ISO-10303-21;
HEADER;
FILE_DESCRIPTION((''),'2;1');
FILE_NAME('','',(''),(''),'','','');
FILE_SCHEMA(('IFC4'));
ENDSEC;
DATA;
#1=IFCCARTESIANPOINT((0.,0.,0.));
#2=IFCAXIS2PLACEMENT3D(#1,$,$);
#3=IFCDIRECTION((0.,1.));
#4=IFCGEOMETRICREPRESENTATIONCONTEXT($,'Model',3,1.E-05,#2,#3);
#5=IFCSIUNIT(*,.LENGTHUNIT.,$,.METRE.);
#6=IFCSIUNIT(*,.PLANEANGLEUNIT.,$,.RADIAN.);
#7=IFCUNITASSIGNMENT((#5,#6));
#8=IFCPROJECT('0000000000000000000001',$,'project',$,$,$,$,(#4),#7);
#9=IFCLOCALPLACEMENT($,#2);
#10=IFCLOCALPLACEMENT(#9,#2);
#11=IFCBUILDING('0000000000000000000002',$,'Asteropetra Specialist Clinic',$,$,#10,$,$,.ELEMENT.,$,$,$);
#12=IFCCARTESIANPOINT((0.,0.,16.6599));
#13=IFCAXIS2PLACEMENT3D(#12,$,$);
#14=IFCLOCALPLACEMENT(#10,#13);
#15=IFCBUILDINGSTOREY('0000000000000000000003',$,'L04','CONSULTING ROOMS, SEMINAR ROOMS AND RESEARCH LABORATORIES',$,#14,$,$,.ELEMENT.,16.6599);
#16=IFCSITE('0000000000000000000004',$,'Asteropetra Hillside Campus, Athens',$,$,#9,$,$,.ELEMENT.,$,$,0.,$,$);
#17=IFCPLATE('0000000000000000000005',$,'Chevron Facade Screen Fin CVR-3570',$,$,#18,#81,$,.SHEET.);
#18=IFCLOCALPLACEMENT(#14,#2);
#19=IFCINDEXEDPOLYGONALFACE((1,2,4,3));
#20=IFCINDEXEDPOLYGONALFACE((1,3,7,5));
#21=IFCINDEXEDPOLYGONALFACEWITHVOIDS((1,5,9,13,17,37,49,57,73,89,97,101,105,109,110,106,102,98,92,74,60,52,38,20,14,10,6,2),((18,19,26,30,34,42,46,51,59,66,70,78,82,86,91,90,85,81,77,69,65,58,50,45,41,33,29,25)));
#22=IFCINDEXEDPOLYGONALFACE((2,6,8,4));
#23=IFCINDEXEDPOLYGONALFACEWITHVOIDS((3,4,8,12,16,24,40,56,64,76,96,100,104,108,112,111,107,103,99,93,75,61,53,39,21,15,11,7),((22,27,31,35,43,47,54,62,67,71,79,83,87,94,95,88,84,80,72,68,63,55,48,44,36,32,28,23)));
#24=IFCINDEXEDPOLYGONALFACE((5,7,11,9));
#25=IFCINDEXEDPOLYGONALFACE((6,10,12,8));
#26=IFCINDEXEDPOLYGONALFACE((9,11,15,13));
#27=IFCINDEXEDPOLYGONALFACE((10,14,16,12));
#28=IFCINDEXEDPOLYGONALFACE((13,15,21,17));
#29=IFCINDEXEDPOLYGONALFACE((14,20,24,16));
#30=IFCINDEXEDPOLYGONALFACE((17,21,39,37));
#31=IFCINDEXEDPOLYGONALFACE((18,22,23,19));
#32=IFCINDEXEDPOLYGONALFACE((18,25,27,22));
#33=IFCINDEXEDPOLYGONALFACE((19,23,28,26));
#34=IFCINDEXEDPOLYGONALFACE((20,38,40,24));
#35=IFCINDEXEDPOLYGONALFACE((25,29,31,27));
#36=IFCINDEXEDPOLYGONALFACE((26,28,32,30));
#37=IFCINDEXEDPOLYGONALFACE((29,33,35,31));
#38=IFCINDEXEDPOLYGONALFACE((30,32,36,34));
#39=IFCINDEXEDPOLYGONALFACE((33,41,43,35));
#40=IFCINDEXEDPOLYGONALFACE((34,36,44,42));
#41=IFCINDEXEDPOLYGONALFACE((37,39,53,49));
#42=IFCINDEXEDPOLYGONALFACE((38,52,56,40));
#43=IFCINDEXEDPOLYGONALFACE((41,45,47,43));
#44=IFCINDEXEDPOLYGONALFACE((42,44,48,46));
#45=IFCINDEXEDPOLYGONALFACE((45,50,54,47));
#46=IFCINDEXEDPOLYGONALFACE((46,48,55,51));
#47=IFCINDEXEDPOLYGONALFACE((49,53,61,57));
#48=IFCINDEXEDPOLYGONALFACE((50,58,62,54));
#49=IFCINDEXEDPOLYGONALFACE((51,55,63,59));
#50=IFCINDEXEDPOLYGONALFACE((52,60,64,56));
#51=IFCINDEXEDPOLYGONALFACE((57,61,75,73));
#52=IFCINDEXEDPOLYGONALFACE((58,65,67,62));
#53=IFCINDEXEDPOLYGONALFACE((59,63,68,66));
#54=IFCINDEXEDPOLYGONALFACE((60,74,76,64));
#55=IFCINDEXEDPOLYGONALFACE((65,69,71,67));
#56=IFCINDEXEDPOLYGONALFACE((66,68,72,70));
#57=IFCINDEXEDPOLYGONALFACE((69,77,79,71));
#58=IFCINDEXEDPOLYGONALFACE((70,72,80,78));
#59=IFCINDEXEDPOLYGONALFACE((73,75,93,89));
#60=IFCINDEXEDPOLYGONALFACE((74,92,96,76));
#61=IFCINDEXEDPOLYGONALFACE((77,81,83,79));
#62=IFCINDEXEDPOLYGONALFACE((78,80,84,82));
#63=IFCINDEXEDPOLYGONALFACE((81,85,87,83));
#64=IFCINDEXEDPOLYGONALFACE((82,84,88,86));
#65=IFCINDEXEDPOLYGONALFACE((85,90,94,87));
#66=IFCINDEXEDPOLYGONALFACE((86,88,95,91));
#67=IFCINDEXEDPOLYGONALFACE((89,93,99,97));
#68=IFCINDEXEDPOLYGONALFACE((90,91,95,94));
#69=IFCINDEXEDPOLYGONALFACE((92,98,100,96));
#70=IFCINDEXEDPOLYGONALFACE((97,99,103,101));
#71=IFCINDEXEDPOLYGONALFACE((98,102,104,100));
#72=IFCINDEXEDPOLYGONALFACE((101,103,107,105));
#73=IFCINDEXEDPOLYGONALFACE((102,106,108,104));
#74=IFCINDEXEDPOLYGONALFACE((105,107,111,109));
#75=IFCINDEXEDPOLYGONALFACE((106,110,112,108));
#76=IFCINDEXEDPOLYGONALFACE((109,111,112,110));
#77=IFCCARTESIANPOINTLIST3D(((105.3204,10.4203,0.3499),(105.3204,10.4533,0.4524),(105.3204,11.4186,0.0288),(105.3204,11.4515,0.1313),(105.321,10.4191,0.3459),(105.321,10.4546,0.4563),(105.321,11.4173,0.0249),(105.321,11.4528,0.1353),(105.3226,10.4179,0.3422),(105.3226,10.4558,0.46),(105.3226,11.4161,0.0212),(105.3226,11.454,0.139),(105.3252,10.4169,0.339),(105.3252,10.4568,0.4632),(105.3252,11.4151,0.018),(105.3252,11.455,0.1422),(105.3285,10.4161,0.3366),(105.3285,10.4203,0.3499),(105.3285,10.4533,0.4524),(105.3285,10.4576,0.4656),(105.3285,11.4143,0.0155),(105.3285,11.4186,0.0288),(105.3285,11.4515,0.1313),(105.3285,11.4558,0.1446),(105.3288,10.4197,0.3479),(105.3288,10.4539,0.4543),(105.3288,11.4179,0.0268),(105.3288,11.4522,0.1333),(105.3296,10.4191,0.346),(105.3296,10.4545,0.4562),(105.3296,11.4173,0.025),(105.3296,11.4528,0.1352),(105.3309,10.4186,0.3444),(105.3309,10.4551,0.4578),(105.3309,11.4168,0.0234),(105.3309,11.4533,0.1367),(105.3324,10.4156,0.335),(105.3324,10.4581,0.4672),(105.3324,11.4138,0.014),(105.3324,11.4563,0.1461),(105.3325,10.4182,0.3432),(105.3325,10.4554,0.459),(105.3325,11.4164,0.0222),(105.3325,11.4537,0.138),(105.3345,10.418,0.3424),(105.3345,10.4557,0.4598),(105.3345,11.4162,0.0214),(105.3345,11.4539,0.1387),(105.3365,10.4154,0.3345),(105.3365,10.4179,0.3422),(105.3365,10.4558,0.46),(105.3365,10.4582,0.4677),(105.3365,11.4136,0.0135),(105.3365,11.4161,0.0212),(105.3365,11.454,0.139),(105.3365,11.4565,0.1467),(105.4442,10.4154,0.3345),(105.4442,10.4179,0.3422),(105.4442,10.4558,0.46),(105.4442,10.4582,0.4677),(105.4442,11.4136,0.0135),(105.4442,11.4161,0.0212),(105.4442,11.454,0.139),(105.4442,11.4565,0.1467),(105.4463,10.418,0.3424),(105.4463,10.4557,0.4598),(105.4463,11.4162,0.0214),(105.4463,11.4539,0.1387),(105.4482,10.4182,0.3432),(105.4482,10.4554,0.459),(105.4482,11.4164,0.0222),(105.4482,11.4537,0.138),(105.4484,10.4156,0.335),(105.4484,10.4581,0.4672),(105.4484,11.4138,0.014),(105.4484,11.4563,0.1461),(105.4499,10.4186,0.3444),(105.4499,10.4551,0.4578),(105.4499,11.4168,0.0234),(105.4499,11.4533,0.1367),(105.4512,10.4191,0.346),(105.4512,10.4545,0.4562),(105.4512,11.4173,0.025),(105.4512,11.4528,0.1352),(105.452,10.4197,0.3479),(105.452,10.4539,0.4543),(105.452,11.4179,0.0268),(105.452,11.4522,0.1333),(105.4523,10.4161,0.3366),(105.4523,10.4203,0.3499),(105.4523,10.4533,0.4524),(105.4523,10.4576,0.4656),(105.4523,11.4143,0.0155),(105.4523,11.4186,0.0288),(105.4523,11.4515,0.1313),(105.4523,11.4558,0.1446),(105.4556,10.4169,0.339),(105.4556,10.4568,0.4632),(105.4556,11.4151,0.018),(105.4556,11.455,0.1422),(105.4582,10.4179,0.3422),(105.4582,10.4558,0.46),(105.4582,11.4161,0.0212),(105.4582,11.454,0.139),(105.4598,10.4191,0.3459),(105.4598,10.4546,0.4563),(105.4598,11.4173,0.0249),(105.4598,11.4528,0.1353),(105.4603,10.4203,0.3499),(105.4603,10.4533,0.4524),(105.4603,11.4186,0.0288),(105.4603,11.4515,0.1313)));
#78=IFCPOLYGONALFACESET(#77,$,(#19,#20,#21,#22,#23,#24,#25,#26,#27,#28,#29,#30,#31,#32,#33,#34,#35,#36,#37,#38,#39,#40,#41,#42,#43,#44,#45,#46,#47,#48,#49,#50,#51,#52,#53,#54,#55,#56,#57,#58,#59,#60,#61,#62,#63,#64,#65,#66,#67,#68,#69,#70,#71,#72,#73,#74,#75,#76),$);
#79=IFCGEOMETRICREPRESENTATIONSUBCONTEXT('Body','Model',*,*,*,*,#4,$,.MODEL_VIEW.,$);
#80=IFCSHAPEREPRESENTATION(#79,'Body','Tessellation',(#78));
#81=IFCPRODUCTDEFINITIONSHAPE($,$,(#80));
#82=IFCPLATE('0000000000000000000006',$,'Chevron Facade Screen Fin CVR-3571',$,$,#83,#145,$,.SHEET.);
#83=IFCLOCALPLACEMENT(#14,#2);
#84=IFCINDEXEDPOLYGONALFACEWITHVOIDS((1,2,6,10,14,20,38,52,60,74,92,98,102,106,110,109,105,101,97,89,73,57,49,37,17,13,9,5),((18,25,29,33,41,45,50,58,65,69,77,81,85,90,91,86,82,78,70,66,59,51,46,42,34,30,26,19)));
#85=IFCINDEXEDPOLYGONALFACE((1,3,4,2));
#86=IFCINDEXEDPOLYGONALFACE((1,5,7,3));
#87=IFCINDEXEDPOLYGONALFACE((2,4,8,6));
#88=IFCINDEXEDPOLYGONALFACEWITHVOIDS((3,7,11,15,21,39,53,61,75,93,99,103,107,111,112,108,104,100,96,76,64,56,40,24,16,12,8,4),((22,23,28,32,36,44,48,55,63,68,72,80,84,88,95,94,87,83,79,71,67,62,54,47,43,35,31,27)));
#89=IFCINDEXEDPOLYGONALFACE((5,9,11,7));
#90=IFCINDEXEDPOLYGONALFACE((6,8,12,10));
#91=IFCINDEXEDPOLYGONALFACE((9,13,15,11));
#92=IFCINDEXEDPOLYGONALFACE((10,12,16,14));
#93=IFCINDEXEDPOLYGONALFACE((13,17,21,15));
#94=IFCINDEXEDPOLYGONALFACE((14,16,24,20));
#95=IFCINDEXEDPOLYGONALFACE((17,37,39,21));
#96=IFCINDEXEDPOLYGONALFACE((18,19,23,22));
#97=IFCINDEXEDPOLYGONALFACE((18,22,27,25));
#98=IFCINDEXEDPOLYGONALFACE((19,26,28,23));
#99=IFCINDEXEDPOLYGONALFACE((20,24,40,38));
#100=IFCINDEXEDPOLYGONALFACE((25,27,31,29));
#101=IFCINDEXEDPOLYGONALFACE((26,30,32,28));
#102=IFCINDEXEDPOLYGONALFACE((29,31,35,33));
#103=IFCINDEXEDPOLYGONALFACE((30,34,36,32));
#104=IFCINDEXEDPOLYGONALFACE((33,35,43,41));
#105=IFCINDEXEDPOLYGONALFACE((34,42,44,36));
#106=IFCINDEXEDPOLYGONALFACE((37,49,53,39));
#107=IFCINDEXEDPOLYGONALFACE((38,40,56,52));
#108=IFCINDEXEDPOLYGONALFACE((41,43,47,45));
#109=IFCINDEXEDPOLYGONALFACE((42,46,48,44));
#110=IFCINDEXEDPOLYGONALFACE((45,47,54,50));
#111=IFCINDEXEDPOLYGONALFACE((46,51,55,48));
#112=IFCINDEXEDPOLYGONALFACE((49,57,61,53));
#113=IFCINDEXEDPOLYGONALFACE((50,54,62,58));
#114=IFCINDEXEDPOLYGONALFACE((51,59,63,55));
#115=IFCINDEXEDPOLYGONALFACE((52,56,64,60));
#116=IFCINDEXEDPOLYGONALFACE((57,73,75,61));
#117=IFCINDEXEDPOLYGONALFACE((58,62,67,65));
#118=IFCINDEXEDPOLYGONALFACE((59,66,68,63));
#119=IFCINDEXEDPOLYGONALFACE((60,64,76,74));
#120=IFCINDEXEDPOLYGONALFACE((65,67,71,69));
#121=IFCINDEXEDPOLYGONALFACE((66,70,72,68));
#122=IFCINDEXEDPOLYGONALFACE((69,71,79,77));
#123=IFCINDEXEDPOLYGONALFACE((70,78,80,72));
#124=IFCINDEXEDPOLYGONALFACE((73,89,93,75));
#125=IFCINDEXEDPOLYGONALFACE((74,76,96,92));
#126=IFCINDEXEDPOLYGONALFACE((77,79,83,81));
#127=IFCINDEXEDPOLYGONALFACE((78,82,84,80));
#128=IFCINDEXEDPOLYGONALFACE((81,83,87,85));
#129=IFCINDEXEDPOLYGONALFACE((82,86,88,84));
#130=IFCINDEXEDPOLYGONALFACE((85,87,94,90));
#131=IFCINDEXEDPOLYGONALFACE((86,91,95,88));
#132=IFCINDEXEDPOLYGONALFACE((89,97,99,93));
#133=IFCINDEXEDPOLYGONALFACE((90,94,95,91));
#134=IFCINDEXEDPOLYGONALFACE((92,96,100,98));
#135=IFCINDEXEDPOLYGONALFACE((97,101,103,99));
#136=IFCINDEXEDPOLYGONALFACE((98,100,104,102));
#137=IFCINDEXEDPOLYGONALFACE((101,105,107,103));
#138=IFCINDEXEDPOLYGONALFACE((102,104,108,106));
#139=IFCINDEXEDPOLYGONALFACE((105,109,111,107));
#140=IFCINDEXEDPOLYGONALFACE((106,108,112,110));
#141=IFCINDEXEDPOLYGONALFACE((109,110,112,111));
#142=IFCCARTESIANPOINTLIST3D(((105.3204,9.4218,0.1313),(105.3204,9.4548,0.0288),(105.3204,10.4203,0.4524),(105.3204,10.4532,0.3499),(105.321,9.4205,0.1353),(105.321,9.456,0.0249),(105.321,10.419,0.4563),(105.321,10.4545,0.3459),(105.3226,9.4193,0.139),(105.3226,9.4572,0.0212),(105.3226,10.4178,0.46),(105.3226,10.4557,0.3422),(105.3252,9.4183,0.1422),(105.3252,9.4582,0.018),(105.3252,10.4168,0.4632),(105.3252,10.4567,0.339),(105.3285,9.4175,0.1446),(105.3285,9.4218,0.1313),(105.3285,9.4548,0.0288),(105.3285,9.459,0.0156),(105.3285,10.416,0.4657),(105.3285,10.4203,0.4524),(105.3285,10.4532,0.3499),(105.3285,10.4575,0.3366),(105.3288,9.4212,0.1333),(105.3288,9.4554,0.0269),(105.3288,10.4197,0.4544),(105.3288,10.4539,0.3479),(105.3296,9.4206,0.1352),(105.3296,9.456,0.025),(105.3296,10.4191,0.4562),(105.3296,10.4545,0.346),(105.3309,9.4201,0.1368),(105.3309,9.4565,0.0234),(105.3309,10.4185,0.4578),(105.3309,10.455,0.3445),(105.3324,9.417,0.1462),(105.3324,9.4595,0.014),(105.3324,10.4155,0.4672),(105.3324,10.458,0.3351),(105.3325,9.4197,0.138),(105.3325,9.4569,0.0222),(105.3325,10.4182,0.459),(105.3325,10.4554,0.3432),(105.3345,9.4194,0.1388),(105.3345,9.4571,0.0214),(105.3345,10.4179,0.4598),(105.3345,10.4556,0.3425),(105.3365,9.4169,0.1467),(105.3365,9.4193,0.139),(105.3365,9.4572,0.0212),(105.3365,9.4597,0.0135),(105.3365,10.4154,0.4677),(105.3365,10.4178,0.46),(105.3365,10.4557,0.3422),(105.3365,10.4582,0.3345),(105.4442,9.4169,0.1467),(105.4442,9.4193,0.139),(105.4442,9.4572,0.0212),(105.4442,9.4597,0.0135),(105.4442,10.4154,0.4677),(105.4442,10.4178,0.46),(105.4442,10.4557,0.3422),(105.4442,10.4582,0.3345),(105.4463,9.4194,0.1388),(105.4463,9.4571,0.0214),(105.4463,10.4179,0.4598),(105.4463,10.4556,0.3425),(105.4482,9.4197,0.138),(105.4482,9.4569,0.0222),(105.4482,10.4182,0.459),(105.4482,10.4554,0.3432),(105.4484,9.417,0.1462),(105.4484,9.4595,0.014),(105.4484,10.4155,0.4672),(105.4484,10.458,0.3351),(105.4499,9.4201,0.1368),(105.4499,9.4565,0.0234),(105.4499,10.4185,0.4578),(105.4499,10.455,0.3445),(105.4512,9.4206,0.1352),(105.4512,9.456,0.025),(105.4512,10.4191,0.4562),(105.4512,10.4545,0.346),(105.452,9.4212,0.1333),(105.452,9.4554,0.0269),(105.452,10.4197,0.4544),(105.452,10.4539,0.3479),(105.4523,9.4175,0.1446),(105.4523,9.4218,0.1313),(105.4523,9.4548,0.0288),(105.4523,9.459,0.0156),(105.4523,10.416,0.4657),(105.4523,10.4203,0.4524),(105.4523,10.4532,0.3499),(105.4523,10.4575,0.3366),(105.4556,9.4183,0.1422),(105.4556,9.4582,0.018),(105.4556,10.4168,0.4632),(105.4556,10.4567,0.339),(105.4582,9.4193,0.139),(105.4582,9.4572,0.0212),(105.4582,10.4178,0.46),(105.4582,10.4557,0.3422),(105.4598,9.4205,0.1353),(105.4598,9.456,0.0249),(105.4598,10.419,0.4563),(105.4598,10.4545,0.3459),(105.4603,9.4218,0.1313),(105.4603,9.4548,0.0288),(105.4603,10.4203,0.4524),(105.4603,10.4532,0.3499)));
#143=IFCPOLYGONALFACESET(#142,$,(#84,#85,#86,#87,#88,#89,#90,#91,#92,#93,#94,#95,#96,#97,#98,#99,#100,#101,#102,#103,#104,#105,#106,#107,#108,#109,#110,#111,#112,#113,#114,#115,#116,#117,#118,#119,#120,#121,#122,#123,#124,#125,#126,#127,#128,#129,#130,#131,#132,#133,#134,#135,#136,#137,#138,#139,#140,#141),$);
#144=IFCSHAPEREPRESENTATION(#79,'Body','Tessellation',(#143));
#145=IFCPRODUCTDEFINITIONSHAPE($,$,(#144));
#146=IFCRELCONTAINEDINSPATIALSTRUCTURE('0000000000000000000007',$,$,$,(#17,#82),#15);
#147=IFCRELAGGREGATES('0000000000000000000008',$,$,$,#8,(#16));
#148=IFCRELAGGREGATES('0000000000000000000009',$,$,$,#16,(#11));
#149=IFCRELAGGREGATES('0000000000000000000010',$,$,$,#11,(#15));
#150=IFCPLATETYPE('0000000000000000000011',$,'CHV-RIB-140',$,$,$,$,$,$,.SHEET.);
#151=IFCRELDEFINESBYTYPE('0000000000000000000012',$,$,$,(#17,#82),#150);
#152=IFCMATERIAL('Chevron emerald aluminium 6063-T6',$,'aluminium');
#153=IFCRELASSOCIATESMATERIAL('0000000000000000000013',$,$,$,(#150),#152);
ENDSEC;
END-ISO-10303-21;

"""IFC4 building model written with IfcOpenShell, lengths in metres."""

from ifc_helpers import new_model, si_unit, direction, frame, origin, origin_2d, place, context, subcontext, project, spatial, hollow_rectangle, extrude, material, material_profile, profile_set, type_object, element, save


model = new_model("IFC4")

# Units and contexts
model_context = context("Model", 3, precision=1e-05, world=origin(), true_north=direction((0.0, 1.0)))
body_context = subcontext(model_context, "Body", "Model", "MODEL_VIEW")
ifc_project = project(units=[si_unit("LENGTHUNIT", "METRE"), si_unit("PLANEANGLEUNIT", "RADIAN")], contexts=[model_context])

# Site, building, storey
site_placement = place(None, origin())
site = spatial("IfcSite", under=ifc_project, at=site_placement, Name="Asteropetra Hillside Campus, Athens", CompositionType="ELEMENT", RefElevation=0.0)
building_placement = place(site_placement, origin())
building = spatial("IfcBuilding", under=site, at=building_placement, Name="Asteropetra Specialist Clinic", CompositionType="ELEMENT")
storey_placement = place(building_placement, frame((0.0, 0.0, 16.6599)))
storey = spatial("IfcBuildingStorey", under=building, at=storey_placement, Name="L04", Description="CONSULTING ROOMS, SEMINAR ROOMS AND RESEARCH LABORATORIES", CompositionType="ELEMENT", Elevation=16.6599)

# Plates
ifc_material_1 = material(Name="Chevron emerald aluminium 6063-T6", Category="aluminium")
ifc_material_profile = material_profile(ifc_material_1, hollow_rectangle(XDim=0.1399, YDim=0.1399, WallThickness=0.0081, InnerFilletRadius=0.0081, OuterFilletRadius=0.0161, at=origin_2d()), Name="SHS 140x140x8.0")
ifc_profile_set = profile_set([ifc_material_profile], Name="Chevron emerald aluminium 6063-T6")
plate_type = type_object("IfcPlateType", Name="CHV-RIB-140", PredefinedType="SHEET", material=ifc_profile_set)
plate_1_placement = place(storey_placement, frame((105.3904, 11.4351, 0.0801), z_axis=(0.0, -0.951983, 0.306152), x_axis=(1.0, 0.0, 0.0)))
element("IfcPlate", 1, at=plate_1_placement, inside=storey, type_object=plate_type, Name="Chevron Facade Screen Fin CVR-3570", PredefinedType="SHEET", context=body_context, shape_type="SweptSolid", body=[
    extrude(hollow_rectangle(XDim=0.1399, YDim=0.1399, WallThickness=0.0081, InnerFilletRadius=0.0081, OuterFilletRadius=0.0161, at=origin_2d()), origin(), (0.0, 0.0, 1.0), 1.0486),
])
for number, where, z_axis, x_axis, name in (
    (2, (105.3904, 10.4368, 0.4011), (0.0, -0.952004, -0.306085), (1.0, 0.0, 0.0), "Chevron Facade Screen Fin CVR-3571"),
):
    element("IfcPlate", number, at=place(storey_placement, frame(where, z_axis=z_axis, x_axis=x_axis)), inside=storey, type_object=plate_type, Name=name, PredefinedType="SHEET", context=body_context, shape_type="SweptSolid", body=[
        extrude(hollow_rectangle(XDim=0.1399, YDim=0.1399, WallThickness=0.0081, InnerFilletRadius=0.0081, OuterFilletRadius=0.0161, at=origin_2d()), origin(), (0.0, 0.0, 1.0), 1.0488),
    ])

save(model, "model.ifc")
